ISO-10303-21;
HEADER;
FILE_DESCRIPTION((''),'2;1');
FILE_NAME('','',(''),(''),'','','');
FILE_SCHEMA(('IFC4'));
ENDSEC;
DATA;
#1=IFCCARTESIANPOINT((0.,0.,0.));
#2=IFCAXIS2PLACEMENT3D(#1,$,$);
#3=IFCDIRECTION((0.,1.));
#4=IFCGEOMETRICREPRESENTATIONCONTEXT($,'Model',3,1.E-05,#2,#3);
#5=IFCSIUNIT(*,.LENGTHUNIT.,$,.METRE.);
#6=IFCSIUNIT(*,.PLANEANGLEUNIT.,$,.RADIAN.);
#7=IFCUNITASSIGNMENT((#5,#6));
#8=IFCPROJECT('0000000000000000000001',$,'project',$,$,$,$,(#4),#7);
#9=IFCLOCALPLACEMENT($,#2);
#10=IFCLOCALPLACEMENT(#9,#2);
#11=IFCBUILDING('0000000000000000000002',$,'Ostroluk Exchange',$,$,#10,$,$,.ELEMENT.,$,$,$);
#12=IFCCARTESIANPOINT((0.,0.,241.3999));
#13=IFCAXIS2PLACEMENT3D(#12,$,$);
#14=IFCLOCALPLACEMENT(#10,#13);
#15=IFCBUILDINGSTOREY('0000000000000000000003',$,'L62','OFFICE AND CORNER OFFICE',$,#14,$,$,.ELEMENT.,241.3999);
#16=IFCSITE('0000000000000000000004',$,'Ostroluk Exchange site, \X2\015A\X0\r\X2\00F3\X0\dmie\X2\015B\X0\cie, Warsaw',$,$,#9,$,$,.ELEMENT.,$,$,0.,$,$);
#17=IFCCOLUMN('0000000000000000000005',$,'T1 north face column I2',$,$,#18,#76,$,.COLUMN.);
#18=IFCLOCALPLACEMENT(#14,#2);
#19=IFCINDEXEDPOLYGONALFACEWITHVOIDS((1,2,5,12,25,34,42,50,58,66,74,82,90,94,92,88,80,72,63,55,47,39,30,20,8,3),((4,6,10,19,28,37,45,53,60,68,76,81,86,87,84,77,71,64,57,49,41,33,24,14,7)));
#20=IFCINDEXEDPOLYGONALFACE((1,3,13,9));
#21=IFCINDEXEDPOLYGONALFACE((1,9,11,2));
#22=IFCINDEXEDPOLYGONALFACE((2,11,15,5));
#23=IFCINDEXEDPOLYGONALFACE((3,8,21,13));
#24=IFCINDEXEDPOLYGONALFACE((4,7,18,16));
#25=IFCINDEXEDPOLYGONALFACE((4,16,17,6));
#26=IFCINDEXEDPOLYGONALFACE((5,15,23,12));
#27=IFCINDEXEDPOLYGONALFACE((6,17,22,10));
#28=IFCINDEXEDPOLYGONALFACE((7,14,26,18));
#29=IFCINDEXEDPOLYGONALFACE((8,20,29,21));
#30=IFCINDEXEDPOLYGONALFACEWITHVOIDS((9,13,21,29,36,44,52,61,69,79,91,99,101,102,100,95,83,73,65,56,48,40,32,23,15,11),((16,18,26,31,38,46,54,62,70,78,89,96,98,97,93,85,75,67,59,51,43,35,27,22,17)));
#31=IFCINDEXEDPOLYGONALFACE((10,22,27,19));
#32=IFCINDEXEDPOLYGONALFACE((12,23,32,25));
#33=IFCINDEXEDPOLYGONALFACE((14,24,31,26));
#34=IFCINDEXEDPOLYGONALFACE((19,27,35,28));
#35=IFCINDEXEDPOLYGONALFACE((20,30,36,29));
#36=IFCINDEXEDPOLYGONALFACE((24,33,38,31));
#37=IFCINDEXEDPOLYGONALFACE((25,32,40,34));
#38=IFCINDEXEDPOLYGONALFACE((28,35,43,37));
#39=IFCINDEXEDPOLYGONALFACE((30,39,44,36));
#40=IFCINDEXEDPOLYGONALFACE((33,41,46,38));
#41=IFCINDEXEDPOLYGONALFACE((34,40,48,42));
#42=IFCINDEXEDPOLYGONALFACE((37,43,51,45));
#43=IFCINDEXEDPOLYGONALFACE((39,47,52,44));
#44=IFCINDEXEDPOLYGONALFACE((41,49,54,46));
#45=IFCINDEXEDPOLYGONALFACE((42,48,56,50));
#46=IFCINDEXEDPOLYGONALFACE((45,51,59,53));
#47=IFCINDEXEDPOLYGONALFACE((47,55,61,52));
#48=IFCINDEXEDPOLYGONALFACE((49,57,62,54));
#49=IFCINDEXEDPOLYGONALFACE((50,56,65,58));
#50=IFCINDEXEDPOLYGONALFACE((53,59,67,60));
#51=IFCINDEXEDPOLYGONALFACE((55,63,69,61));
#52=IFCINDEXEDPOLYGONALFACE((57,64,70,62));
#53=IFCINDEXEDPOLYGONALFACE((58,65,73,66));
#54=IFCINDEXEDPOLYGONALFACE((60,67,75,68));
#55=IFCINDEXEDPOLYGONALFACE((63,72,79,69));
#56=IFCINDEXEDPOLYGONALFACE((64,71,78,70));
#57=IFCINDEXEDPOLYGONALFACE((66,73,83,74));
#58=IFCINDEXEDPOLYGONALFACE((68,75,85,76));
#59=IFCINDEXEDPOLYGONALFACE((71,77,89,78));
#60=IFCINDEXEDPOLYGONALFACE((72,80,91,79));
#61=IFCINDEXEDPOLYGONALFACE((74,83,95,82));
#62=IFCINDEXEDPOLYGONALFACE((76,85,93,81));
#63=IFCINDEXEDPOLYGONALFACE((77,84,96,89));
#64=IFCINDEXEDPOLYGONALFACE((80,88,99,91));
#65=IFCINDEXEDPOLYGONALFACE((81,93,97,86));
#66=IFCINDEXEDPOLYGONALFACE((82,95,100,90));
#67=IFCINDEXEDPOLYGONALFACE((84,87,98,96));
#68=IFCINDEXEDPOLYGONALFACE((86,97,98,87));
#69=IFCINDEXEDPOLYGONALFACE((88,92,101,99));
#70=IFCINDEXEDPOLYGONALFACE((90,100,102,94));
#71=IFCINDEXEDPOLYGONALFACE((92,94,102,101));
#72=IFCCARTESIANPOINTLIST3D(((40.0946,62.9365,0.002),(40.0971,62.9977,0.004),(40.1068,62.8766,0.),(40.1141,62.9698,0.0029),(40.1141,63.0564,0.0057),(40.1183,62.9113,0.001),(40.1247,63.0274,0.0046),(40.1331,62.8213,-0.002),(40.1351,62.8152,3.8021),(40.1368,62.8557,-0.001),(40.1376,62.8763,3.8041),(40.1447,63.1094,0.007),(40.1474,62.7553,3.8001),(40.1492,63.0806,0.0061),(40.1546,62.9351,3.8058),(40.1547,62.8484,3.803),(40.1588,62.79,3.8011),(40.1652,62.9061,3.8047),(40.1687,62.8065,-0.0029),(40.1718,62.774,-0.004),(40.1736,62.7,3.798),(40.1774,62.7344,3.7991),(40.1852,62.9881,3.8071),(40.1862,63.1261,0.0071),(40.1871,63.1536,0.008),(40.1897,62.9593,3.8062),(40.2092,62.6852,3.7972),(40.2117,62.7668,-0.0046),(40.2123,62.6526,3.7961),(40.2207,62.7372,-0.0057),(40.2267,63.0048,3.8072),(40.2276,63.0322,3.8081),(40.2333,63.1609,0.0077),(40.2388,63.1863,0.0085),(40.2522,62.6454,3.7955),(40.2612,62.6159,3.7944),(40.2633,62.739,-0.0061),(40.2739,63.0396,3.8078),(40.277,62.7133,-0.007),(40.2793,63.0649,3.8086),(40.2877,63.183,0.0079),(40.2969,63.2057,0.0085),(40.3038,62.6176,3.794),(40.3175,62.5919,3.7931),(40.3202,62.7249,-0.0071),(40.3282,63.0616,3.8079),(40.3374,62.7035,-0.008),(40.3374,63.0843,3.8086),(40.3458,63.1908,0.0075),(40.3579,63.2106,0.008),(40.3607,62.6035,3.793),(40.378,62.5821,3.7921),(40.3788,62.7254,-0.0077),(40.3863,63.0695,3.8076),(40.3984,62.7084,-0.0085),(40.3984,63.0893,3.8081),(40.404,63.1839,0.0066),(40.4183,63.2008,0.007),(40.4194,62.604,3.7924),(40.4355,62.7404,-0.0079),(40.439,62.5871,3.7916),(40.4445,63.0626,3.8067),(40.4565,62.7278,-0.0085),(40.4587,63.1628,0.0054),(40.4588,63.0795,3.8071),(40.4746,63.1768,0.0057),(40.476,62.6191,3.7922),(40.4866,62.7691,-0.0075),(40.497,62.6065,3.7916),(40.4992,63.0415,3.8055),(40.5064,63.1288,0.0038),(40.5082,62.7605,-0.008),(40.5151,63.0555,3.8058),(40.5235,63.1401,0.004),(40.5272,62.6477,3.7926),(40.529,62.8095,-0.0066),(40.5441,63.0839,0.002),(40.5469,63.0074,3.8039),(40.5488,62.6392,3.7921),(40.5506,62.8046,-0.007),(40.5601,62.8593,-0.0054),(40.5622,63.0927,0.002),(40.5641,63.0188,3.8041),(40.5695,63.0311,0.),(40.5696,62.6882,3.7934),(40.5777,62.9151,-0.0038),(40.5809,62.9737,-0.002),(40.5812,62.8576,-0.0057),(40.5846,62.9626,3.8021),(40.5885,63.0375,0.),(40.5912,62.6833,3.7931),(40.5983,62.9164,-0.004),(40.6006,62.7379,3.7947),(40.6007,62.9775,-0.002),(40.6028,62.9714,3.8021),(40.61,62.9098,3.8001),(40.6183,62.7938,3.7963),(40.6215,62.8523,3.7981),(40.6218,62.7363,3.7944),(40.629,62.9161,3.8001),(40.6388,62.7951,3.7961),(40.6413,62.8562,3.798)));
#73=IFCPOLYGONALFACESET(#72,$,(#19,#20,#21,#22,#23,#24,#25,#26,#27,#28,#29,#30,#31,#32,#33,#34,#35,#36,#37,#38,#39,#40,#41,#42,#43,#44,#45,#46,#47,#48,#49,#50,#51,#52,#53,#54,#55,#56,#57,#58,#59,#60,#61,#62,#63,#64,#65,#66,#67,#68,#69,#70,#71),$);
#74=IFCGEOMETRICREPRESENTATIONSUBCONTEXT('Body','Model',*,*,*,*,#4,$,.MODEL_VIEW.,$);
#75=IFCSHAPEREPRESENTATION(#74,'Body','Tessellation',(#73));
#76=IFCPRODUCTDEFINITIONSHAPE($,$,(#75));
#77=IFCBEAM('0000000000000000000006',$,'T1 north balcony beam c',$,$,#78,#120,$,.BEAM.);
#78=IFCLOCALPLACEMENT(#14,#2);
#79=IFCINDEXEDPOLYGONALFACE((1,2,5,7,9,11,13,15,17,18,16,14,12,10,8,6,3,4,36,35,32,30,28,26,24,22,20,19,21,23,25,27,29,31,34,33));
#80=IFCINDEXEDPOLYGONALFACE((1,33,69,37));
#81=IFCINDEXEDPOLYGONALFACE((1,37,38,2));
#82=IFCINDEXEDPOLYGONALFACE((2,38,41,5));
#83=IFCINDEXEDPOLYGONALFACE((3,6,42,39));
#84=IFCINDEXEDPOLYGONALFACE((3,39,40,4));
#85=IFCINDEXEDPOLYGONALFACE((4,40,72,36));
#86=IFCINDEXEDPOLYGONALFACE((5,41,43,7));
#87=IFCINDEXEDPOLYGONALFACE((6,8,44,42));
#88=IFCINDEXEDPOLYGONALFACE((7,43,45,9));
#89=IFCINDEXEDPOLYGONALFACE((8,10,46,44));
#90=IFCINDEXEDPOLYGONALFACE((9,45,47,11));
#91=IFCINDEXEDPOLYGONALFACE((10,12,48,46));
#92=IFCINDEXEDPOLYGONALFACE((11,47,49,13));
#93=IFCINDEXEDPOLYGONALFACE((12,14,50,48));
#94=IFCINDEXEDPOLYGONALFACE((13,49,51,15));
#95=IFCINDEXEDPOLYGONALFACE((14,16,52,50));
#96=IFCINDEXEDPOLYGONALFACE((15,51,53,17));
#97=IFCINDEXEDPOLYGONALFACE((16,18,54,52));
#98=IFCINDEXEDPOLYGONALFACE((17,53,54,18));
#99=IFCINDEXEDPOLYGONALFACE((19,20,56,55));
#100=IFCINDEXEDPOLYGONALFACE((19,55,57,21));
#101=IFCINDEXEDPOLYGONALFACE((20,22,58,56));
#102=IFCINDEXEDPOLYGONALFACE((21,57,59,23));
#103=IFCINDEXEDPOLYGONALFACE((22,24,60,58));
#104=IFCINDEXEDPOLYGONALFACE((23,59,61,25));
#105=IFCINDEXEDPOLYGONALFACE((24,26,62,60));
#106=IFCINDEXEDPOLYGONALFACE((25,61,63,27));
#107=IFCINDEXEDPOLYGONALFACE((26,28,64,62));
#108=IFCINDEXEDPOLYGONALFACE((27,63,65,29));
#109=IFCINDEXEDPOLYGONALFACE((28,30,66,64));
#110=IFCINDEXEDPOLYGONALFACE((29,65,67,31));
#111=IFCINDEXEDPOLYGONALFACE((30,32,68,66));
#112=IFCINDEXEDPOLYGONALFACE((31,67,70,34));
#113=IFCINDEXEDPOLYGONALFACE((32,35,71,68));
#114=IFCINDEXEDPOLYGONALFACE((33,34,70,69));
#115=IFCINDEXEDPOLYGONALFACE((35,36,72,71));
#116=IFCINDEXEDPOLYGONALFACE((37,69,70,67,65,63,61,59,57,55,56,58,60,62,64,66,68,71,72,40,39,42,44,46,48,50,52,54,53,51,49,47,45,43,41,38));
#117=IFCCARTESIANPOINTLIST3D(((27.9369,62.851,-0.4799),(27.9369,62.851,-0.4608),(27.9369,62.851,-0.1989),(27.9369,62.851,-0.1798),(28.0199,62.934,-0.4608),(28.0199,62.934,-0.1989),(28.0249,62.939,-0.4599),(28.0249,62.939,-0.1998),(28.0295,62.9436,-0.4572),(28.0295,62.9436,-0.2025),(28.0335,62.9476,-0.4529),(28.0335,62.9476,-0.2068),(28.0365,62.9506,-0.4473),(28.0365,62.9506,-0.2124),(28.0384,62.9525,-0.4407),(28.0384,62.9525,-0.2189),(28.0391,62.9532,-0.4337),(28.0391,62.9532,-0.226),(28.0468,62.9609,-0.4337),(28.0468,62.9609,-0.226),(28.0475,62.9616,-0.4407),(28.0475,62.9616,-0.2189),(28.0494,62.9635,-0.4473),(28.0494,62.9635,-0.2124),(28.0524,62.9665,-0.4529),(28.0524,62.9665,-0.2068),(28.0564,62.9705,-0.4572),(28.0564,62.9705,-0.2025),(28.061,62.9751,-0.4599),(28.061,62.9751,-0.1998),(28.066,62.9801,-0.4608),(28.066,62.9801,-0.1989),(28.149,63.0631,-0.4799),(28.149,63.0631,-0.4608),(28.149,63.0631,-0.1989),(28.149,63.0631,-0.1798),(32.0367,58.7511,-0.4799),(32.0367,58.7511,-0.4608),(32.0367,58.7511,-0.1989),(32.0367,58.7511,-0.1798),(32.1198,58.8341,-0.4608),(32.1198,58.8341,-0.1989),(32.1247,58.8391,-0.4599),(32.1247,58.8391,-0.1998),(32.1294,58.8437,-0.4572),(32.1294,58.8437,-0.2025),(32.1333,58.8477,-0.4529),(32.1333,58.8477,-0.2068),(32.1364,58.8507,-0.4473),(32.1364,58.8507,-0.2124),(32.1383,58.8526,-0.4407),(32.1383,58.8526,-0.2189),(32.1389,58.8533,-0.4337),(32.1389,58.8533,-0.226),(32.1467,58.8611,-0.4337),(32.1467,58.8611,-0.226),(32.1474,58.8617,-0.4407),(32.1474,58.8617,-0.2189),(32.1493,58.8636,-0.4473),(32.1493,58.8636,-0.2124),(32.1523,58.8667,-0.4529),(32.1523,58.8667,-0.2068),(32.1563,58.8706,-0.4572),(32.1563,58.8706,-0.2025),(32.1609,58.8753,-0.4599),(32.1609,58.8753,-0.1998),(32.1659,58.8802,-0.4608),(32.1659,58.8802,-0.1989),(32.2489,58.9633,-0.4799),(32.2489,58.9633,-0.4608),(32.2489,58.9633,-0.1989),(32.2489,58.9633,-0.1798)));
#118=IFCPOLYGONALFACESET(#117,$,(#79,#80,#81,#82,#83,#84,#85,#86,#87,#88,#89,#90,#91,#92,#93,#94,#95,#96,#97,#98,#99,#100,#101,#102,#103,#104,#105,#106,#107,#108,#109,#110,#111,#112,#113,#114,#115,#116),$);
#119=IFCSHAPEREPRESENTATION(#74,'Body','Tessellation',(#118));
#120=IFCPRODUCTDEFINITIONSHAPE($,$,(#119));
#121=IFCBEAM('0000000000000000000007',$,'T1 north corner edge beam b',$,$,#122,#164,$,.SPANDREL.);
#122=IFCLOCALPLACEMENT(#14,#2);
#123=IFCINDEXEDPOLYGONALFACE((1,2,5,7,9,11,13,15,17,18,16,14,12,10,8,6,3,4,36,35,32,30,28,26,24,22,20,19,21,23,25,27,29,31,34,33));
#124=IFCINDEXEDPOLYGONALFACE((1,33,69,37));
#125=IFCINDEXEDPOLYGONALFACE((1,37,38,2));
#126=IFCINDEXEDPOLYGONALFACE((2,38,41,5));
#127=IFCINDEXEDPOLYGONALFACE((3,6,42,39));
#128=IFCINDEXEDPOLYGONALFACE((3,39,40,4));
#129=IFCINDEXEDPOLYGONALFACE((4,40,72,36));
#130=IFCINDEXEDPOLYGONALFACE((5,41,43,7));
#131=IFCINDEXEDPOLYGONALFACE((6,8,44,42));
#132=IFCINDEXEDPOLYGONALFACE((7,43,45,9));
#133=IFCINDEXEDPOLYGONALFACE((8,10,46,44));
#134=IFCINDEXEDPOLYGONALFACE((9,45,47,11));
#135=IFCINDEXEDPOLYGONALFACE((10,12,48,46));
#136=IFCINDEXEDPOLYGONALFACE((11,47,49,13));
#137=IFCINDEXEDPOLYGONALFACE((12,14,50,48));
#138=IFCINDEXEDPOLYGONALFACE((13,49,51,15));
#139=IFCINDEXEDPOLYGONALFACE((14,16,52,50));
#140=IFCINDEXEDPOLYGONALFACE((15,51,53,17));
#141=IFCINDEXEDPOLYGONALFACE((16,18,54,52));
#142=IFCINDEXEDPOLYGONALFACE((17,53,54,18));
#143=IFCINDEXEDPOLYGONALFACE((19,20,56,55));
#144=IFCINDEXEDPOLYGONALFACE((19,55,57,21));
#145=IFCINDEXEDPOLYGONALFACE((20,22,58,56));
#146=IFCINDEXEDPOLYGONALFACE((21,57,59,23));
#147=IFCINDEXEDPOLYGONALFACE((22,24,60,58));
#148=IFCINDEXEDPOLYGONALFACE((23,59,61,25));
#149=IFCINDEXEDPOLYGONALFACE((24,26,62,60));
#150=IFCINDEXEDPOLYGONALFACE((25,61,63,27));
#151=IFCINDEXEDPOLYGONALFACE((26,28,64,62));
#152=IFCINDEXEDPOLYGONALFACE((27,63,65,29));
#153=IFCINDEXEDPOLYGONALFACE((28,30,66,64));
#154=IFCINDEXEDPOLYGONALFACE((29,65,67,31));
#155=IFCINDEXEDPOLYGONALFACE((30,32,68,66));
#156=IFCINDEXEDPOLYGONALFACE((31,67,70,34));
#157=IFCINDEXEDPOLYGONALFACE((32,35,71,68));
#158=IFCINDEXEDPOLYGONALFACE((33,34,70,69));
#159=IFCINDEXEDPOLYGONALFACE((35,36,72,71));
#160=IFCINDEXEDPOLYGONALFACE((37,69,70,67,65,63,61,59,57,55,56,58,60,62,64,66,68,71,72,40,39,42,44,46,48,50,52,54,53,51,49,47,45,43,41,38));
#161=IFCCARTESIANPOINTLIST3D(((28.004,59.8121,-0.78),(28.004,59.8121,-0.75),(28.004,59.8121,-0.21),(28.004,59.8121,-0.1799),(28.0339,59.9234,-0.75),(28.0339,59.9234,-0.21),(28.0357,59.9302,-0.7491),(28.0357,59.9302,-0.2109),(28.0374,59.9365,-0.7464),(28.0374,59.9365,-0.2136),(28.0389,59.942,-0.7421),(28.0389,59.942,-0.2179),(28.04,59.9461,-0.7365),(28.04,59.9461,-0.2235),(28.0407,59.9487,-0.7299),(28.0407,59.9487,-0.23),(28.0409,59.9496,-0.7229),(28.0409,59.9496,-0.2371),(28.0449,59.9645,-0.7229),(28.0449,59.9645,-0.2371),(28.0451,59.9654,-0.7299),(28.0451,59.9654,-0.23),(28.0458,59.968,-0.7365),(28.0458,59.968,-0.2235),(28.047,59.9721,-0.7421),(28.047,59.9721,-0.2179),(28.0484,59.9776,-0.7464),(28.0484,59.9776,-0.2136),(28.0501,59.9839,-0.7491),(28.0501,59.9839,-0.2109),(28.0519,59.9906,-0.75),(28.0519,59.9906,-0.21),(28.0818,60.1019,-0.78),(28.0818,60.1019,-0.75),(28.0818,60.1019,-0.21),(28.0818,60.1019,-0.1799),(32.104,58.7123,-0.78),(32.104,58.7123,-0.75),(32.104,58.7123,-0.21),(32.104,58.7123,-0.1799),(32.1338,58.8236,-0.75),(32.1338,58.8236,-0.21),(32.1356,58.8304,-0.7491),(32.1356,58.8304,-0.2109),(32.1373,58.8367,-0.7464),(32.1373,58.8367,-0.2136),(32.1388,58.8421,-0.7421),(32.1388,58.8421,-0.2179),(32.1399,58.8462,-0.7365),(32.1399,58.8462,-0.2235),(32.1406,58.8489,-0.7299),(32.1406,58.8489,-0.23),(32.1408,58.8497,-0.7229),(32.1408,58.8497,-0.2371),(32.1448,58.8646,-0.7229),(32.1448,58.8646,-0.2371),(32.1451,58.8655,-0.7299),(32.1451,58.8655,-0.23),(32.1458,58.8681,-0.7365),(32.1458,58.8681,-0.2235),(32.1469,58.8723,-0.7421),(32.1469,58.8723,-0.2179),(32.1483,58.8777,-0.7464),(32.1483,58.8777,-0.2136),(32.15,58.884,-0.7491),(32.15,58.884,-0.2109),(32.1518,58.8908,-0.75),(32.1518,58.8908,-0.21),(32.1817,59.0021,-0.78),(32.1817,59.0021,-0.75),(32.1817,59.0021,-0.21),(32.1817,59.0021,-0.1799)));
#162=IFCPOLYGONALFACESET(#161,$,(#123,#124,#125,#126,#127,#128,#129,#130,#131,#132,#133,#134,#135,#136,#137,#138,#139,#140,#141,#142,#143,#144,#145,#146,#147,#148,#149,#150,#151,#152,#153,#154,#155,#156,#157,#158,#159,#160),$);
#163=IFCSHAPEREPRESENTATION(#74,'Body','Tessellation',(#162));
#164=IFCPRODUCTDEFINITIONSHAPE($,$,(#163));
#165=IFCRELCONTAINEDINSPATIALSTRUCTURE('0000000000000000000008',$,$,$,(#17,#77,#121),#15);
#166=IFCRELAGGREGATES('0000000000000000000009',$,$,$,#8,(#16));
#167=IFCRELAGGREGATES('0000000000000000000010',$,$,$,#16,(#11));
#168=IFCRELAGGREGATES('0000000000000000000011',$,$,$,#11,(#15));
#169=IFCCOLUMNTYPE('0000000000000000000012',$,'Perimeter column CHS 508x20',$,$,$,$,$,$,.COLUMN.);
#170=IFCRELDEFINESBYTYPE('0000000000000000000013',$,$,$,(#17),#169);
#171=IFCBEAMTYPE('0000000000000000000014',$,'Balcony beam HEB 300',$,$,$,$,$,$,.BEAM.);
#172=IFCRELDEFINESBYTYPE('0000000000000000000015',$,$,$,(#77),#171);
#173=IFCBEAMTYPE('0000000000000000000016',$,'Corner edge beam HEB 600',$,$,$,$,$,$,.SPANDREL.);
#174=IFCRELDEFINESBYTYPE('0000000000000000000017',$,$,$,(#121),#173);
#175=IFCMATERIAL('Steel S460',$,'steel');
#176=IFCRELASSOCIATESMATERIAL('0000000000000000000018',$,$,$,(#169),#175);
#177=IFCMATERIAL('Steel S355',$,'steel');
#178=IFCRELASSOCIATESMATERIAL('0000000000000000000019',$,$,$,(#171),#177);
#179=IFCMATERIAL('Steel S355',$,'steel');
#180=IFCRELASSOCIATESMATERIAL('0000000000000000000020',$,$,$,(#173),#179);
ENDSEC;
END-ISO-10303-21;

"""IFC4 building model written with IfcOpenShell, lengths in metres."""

from ifc_helpers import new_model, si_unit, direction, frame, origin, origin_2d, place, context, subcontext, project, spatial, hollow_circle, i_section, extrude, material, material_profile, profile_set, type_object, element, save


model = new_model("IFC4")

# Units and contexts
model_context = context("Model", 3, precision=1e-05, world=origin(), true_north=direction((0.0, 1.0)))
body_context = subcontext(model_context, "Body", "Model", "MODEL_VIEW")
ifc_project = project(units=[si_unit("LENGTHUNIT", "METRE"), si_unit("PLANEANGLEUNIT", "RADIAN")], contexts=[model_context])

# Site, building, storey
site_placement = place(None, origin())
site = spatial("IfcSite", under=ifc_project, at=site_placement, Name="Ostroluk Exchange site, Śródmieście, Warsaw", CompositionType="ELEMENT", RefElevation=0.0)
building_placement = place(site_placement, origin())
building = spatial("IfcBuilding", under=site, at=building_placement, Name="Ostroluk Exchange", CompositionType="ELEMENT")
storey_placement = place(building_placement, frame((0.0, 0.0, 241.3999)))
storey = spatial("IfcBuildingStorey", under=building, at=storey_placement, Name="L62", Description="OFFICE AND CORNER OFFICE", CompositionType="ELEMENT", Elevation=241.3999)

# Column
ifc_material_1 = material(Name="Steel S460", Category="steel")
ifc_material_profile_1 = material_profile(ifc_material_1, hollow_circle(Radius=0.2539, WallThickness=0.02, at=origin_2d()), Name="CHS 508x20")
ifc_profile_set_1 = profile_set([ifc_material_profile_1], Name="Steel S460")
column_type = type_object("IfcColumnType", Name="Perimeter column CHS 508x20", PredefinedType="COLUMN", material=ifc_profile_set_1)
column_placement = place(storey_placement, frame((40.3477, 62.957, 0.0), z_axis=(0.010659, -0.031913, 0.999434), x_axis=(0.948492, 0.3168, 0.0)))
element("IfcColumn", 1, at=column_placement, inside=storey, type_object=column_type, Name="T1 north face column I2", PredefinedType="COLUMN", context=body_context, shape_type="SweptSolid", body=[
    extrude(hollow_circle(Radius=0.2539, WallThickness=0.02, at=origin_2d()), origin(), (0.0, 0.0, 1.0), 3.8022),
])

# Beams
ifc_material_2 = material(Name="Steel S355", Category="steel")
ifc_material_profile_2 = material_profile(ifc_material_2, i_section(OverallWidth=0.3, OverallDepth=0.3, WebThickness=0.011, FlangeThickness=0.019, FilletRadius=0.0271, at=origin_2d()), Name="HEB 300")
ifc_profile_set_2 = profile_set([ifc_material_profile_2], Name="Steel S355")
beam_type_1 = type_object("IfcBeamType", Name="Balcony beam HEB 300", PredefinedType="BEAM", material=ifc_profile_set_2)
beam_1_placement = place(storey_placement, frame((32.1428, 58.8572, -0.3298), z_axis=(-0.707107, 0.707107, 0.0), x_axis=(-0.707107, -0.707107, 0.0)))
element("IfcBeam", 2, at=beam_1_placement, inside=storey, type_object=beam_type_1, Name="T1 north balcony beam c", PredefinedType="BEAM", context=body_context, shape_type="SweptSolid", body=[
    extrude(i_section(OverallWidth=0.3, OverallDepth=0.3, WebThickness=0.011, FlangeThickness=0.019, FilletRadius=0.0271, at=origin_2d()), origin(), (0.0, 0.0, 1.0), 5.7981),
])
ifc_material_3 = material(Name="Steel S355", Category="steel")
ifc_material_profile_3 = material_profile(ifc_material_3, i_section(OverallWidth=0.3, OverallDepth=0.6001, WebThickness=0.0154, FlangeThickness=0.03, FilletRadius=0.0271, at=origin_2d()), Name="HEB 600")
ifc_profile_set_3 = profile_set([ifc_material_profile_3], Name="Steel S355")
beam_type_2 = type_object("IfcBeamType", Name="Corner edge beam HEB 600", PredefinedType="SPANDREL", material=ifc_profile_set_3)
beam_2_placement = place(storey_placement, frame((32.1428, 58.8572, -0.48), z_axis=(-0.965849, 0.259105, 0.0), x_axis=(-0.259105, -0.965849, 0.0)))
element("IfcBeam", 3, at=beam_2_placement, inside=storey, type_object=beam_type_2, Name="T1 north corner edge beam b", PredefinedType="SPANDREL", context=body_context, shape_type="SweptSolid", body=[
    extrude(i_section(OverallWidth=0.3, OverallDepth=0.6001, WebThickness=0.0154, FlangeThickness=0.03, FilletRadius=0.0271, at=origin_2d()), origin(), (0.0, 0.0, 1.0), 4.2449),
])

save(model, "model.ifc")
